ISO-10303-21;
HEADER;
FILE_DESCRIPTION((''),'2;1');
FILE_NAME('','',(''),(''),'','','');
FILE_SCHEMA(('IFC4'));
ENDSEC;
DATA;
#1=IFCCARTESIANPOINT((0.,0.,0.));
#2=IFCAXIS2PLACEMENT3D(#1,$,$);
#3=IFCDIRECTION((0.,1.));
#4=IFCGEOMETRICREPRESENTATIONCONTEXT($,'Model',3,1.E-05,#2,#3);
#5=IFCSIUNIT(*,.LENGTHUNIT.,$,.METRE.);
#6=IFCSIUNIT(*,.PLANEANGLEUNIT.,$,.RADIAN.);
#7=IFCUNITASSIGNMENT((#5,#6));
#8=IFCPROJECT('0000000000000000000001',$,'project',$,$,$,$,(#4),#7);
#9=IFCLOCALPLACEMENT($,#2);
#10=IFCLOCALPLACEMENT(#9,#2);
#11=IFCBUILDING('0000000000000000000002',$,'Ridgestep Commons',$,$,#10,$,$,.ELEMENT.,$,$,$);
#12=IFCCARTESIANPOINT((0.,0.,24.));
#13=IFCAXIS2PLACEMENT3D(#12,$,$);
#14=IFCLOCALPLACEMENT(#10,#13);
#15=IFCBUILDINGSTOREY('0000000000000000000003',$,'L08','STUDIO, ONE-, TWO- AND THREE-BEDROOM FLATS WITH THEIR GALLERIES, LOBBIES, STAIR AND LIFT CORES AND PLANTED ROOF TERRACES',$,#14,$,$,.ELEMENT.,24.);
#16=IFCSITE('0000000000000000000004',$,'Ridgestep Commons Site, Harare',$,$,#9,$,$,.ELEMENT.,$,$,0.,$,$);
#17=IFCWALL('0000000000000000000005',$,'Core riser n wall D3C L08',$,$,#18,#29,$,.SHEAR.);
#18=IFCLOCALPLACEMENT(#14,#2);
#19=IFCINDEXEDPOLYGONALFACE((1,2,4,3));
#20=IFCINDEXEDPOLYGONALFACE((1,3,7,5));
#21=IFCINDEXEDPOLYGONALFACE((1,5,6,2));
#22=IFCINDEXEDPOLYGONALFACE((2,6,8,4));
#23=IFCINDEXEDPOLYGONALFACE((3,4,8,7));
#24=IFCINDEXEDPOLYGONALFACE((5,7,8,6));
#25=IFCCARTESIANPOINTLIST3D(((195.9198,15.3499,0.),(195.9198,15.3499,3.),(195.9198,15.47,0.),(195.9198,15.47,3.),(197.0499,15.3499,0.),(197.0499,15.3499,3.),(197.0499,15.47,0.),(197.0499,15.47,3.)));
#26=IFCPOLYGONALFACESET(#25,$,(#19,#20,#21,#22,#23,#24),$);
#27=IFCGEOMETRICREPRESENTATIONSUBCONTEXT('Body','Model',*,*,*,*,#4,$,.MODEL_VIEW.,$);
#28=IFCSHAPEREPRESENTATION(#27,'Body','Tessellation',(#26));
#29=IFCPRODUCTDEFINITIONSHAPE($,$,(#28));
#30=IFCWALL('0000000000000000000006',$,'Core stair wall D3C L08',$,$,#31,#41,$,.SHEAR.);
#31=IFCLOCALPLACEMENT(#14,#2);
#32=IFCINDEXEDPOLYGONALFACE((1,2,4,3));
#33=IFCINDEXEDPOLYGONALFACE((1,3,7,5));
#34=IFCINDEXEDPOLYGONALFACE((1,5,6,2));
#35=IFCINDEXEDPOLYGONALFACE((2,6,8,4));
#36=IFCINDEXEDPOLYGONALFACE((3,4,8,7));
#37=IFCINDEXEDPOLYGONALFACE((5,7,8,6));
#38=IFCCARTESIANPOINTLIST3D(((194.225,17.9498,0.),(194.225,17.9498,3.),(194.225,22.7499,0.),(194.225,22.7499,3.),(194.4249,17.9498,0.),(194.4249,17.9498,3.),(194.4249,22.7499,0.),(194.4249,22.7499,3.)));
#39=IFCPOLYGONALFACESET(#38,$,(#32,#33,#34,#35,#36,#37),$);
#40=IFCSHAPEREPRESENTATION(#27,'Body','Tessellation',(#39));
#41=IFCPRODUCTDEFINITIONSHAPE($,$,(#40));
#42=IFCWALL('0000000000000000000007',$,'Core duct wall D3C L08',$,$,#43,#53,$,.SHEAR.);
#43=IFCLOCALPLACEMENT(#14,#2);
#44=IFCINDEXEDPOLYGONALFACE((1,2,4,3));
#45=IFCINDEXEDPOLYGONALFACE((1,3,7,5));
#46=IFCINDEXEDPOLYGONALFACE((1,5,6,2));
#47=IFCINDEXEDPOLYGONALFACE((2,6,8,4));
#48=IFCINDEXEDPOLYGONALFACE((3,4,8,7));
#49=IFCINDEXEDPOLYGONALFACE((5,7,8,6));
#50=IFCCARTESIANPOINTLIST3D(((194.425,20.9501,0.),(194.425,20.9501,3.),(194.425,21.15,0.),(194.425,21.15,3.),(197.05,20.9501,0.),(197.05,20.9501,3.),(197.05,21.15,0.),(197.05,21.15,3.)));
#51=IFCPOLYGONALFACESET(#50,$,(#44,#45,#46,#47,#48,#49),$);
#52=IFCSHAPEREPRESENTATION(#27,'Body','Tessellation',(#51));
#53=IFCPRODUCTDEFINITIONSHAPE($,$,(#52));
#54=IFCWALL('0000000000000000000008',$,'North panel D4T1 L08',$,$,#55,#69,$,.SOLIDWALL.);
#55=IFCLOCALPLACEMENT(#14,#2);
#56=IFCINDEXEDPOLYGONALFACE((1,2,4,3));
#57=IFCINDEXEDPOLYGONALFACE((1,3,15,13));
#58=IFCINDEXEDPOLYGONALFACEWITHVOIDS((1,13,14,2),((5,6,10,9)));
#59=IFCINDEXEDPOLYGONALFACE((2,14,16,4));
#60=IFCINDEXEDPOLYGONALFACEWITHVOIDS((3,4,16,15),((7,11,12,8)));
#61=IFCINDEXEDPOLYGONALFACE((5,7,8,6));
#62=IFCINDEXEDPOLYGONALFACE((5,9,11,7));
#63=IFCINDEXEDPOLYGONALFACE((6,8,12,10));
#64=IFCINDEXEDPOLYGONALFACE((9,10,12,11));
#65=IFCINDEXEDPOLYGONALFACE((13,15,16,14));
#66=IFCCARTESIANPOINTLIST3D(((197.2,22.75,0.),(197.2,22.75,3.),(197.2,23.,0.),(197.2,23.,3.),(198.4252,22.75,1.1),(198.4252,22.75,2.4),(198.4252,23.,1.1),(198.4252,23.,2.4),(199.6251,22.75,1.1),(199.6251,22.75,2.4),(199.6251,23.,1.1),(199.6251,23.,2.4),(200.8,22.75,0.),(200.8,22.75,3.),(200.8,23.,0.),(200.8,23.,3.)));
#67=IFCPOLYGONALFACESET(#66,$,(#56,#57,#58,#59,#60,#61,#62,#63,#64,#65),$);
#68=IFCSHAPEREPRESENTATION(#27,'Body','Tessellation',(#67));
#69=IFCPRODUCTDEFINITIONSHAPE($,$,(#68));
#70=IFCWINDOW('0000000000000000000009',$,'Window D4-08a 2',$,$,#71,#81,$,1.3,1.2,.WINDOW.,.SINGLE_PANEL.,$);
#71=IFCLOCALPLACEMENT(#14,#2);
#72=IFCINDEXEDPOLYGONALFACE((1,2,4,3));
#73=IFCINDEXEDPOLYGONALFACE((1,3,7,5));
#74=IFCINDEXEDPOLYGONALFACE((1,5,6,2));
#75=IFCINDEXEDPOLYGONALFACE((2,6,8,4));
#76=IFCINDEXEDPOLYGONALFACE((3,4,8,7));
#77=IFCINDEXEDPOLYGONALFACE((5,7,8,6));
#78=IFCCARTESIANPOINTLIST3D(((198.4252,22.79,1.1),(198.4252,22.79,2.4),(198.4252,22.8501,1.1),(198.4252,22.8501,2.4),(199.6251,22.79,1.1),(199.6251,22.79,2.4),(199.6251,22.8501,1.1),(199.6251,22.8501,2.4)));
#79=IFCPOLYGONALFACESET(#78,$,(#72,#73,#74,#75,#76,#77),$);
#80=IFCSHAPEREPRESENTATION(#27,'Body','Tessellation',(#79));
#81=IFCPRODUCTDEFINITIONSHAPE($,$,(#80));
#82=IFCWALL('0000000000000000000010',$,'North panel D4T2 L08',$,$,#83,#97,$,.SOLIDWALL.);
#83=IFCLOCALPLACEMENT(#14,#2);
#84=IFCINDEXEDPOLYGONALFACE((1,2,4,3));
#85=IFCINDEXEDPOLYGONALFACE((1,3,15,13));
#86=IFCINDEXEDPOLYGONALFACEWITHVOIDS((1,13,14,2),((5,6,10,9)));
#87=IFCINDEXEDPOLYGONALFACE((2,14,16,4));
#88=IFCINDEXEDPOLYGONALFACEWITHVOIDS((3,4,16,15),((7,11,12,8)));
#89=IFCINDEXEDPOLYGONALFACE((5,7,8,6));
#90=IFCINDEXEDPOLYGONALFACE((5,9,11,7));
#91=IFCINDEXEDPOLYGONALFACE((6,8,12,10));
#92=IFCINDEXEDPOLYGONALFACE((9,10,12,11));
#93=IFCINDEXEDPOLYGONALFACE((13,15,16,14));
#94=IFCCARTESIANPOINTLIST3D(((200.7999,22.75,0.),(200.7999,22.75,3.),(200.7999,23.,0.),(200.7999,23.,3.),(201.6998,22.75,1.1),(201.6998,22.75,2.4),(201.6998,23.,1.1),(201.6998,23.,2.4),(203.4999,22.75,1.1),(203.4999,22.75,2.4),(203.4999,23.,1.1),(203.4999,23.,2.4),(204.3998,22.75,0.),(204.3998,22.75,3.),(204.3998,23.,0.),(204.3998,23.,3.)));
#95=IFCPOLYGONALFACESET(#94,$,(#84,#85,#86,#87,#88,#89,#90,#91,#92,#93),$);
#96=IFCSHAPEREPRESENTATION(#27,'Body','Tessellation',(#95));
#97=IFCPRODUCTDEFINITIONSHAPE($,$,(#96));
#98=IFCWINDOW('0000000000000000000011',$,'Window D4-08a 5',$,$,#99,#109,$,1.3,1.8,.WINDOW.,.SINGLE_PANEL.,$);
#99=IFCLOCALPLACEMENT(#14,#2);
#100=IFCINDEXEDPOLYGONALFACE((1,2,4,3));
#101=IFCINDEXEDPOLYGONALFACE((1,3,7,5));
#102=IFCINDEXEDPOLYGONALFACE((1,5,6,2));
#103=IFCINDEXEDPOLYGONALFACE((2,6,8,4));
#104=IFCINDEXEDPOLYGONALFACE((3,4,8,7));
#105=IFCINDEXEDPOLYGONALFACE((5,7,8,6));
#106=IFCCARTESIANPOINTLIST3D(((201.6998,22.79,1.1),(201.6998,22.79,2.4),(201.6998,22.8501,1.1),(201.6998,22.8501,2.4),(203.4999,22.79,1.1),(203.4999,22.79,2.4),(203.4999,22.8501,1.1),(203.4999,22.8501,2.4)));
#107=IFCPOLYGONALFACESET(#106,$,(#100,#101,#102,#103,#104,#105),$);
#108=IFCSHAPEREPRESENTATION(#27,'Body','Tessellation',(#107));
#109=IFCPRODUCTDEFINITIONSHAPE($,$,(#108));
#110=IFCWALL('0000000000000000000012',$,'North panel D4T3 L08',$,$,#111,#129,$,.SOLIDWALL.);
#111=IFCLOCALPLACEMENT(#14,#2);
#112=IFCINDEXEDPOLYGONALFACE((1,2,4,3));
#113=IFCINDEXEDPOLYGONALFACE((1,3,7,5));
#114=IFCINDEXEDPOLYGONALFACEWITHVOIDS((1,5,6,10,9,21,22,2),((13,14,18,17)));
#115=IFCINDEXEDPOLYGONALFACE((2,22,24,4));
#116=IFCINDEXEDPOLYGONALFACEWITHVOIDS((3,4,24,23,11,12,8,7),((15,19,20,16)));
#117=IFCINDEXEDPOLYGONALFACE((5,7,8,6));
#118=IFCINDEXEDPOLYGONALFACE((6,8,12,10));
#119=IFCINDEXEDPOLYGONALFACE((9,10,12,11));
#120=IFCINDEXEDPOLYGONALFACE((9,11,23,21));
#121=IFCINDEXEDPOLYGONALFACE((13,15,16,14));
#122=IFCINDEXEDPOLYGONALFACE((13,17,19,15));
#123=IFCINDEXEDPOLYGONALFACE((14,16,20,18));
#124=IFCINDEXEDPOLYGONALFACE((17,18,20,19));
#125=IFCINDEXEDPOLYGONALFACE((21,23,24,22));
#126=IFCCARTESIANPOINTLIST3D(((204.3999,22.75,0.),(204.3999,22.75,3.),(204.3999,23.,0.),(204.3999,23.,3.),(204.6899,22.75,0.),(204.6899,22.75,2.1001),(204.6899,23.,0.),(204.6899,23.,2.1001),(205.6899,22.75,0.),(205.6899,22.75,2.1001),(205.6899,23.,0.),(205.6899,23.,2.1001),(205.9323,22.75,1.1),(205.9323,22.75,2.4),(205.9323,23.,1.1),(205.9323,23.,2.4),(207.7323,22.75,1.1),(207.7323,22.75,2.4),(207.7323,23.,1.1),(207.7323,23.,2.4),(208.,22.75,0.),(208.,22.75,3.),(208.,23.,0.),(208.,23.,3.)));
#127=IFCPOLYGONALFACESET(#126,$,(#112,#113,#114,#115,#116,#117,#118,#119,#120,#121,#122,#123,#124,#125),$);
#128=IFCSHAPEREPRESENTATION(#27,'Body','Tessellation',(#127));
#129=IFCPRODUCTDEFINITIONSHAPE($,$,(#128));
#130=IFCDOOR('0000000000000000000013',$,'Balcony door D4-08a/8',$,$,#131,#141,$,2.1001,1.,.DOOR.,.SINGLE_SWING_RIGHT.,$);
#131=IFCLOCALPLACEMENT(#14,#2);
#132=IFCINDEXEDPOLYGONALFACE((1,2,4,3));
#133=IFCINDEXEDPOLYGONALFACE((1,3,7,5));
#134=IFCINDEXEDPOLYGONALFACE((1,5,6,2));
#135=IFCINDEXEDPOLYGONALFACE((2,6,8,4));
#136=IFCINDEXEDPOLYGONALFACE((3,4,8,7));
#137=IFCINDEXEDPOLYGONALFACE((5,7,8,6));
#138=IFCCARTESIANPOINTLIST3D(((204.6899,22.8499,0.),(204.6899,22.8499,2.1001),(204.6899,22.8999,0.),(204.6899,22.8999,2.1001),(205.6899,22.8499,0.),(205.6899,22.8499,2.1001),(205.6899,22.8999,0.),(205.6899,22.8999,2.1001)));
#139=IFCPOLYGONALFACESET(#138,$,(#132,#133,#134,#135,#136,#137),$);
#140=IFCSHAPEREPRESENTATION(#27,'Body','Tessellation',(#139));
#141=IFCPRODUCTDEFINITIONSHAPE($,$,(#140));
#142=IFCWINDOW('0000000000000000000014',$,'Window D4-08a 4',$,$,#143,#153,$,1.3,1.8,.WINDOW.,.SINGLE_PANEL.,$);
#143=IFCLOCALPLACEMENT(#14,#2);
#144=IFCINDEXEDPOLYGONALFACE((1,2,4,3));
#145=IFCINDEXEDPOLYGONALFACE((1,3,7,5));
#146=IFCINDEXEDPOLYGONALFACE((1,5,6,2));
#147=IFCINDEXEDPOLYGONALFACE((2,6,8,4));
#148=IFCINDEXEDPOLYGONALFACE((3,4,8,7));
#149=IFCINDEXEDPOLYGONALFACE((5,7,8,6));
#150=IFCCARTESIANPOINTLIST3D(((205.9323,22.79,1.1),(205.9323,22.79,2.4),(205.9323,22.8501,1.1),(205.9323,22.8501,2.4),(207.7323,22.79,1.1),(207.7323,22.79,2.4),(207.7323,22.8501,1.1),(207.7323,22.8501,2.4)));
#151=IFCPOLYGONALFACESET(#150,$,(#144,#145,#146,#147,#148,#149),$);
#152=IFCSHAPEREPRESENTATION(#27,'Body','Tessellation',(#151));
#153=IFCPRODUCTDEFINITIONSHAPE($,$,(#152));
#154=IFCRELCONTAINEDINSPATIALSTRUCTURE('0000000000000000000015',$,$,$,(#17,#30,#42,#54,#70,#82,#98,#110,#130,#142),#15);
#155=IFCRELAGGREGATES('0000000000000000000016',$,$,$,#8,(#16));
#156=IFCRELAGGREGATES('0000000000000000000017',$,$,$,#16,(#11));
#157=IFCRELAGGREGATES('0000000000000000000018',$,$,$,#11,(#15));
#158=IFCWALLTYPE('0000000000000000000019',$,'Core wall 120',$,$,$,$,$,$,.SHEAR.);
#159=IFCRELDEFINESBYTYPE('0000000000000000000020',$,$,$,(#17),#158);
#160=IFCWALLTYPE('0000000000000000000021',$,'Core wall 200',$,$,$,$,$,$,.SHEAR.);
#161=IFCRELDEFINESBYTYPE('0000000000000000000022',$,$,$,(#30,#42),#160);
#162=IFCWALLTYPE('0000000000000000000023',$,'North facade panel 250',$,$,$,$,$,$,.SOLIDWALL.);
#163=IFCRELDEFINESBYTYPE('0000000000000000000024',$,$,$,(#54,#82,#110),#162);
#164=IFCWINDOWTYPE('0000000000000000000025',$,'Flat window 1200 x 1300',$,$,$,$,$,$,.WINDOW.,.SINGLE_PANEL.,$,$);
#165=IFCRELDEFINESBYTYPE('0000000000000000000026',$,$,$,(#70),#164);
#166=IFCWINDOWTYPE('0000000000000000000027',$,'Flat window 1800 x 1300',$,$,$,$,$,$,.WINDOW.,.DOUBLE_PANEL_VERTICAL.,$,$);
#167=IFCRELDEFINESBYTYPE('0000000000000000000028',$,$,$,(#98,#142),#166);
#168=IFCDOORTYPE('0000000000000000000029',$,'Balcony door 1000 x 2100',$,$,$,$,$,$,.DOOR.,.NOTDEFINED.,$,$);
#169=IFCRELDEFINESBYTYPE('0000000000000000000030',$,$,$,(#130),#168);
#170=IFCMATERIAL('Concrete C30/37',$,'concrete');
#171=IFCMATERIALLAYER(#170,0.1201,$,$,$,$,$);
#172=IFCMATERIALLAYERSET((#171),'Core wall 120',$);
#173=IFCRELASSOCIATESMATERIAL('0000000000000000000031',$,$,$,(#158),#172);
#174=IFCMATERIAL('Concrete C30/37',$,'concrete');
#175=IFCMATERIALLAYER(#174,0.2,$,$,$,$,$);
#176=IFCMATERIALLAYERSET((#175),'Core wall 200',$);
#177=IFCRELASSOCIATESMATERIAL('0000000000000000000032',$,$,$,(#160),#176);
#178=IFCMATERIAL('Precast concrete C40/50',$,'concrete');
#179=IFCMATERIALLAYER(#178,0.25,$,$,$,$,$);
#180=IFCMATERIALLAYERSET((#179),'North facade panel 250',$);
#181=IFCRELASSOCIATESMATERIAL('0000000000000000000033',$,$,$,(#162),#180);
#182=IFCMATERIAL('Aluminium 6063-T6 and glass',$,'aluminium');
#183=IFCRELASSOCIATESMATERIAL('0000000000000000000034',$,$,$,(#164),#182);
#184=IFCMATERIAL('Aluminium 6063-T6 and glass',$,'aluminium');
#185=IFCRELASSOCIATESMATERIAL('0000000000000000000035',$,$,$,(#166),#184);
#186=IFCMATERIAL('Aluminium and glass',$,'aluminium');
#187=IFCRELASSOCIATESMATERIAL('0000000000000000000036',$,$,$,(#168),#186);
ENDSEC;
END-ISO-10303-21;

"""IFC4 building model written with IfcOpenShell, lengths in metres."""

from ifc_helpers import new_model, si_unit, direction, frame, frame_2d, origin, place, context, subcontext, project, spatial, rectangle, extrude, material, layer, layer_set, type_object, element, fill, save


model = new_model("IFC4")

# Units and contexts
model_context = context("Model", 3, precision=1e-05, world=origin(), true_north=direction((0.0, 1.0)))
body_context = subcontext(model_context, "Body", "Model", "MODEL_VIEW")
ifc_project = project(units=[si_unit("LENGTHUNIT", "METRE"), si_unit("PLANEANGLEUNIT", "RADIAN")], contexts=[model_context])

# Site, building, storey
site_placement = place(None, origin())
site = spatial("IfcSite", under=ifc_project, at=site_placement, Name="Ridgestep Commons Site, Harare", CompositionType="ELEMENT", RefElevation=0.0)
building_placement = place(site_placement, origin())
building = spatial("IfcBuilding", under=site, at=building_placement, Name="Ridgestep Commons", CompositionType="ELEMENT")
storey_placement = place(building_placement, frame((0.0, 0.0, 24.0)))
storey = spatial("IfcBuildingStorey", under=building, at=storey_placement, Name="L08", Description="STUDIO, ONE-, TWO- AND THREE-BEDROOM FLATS WITH THEIR GALLERIES, LOBBIES, STAIR AND LIFT CORES AND PLANTED ROOF TERRACES", CompositionType="ELEMENT", Elevation=24.0)

# Walls
ifc_material_1 = material(Name="Concrete C30/37", Category="concrete")
ifc_layer_1 = layer(ifc_material_1, 0.1201)
ifc_layer_set_1 = layer_set([ifc_layer_1], Name="Core wall 120")
wall_type_1 = type_object("IfcWallType", Name="Core wall 120", PredefinedType="SHEAR", material=ifc_layer_set_1)
wall_1_placement = place(storey_placement, frame((195.9199, 15.4099, 0.0), z_axis=(0.0, 0.0, 1.0), x_axis=(1.0, 0.0, 0.0)))
element("IfcWall", 1, at=wall_1_placement, inside=storey, type_object=wall_type_1, Name="Core riser n wall D3C L08", PredefinedType="SHEAR", context=body_context, shape_type="SweptSolid", body=[
    extrude(rectangle(XDim=1.1301, YDim=0.1201, at=frame_2d((0.5649, 0.0))), origin(), (0.0, 0.0, 1.0), 3.0),
])
ifc_material_2 = material(Name="Concrete C30/37", Category="concrete")
ifc_layer_2 = layer(ifc_material_2, 0.2)
ifc_layer_set_2 = layer_set([ifc_layer_2], Name="Core wall 200")
wall_type_2 = type_object("IfcWallType", Name="Core wall 200", PredefinedType="SHEAR", material=ifc_layer_set_2)
wall_2_placement = place(storey_placement, frame((194.325, 17.95, 0.0), z_axis=(0.0, 0.0, 1.0), x_axis=(0.0, 1.0, 0.0)))
element("IfcWall", 2, at=wall_2_placement, inside=storey, type_object=wall_type_2, Name="Core stair wall D3C L08", PredefinedType="SHEAR", context=body_context, shape_type="SweptSolid", body=[
    extrude(rectangle(XDim=4.8, YDim=0.2, at=frame_2d((2.3999, 0.0))), origin(), (0.0, 0.0, 1.0), 3.0),
])
wall_3_placement = place(storey_placement, frame((194.425, 21.05, 0.0), z_axis=(0.0, 0.0, 1.0), x_axis=(1.0, 0.0, 0.0)))
element("IfcWall", 3, at=wall_3_placement, inside=storey, type_object=wall_type_2, Name="Core duct wall D3C L08", PredefinedType="SHEAR", context=body_context, shape_type="SweptSolid", body=[
    extrude(rectangle(XDim=2.625, YDim=0.2, at=frame_2d((1.3125, 0.0))), origin(), (0.0, 0.0, 1.0), 3.0),
])

# Walls, openings, windows
ifc_material_3 = material(Name="Precast concrete C40/50", Category="concrete")
ifc_layer_3 = layer(ifc_material_3, 0.25)
ifc_layer_set_3 = layer_set([ifc_layer_3], Name="North facade panel 250")
wall_type_3 = type_object("IfcWallType", Name="North facade panel 250", PredefinedType="SOLIDWALL", material=ifc_layer_set_3)
wall_4_placement = place(storey_placement, frame((197.2, 22.875, 0.0), z_axis=(0.0, 0.0, 1.0), x_axis=(1.0, 0.0, 0.0)))
wall_4 = element("IfcWall", 4, at=wall_4_placement, inside=storey, type_object=wall_type_3, Name="North panel D4T1 L08", PredefinedType="SOLIDWALL", context=body_context, shape_type="SweptSolid", body=[
    extrude(rectangle(XDim=3.6001, YDim=0.25, at=frame_2d((1.8, 0.0))), origin(), (0.0, 0.0, 1.0), 3.0),
])
opening_1_placement = place(wall_4_placement, frame((1.2251, 0.0, 1.1001)))
opening_1 = element("IfcOpeningElement", 5, at=opening_1_placement, cuts=wall_4, PredefinedType="OPENING", context=body_context, shape_type="SweptSolid", body=[
    extrude(rectangle(XDim=1.2, YDim=1.3, at=frame_2d((0.6001, 0.6499))), frame((0.0, 0.135, 0.0), z_axis=(0.0, -1.0, 0.0), x_axis=(1.0, 0.0, 0.0)), (0.0, 0.0, 1.0), 0.27),
])
ifc_material_4 = material(Name="Aluminium 6063-T6 and glass", Category="aluminium")
window_type_1 = type_object("IfcWindowType", Name="Flat window 1200 x 1300", PartitioningType="SINGLE_PANEL", PredefinedType="WINDOW", material=ifc_material_4)
window_1_placement = place(opening_1_placement, origin())
window_1 = element("IfcWindow", 6, at=window_1_placement, inside=storey, type_object=window_type_1, Name="Window D4-08a 2", OverallHeight=1.3, OverallWidth=1.2, PartitioningType="SINGLE_PANEL", PredefinedType="WINDOW", context=body_context, shape_type="SweptSolid", body=[
    extrude(rectangle(XDim=1.2, YDim=1.3, at=frame_2d((0.6001, 0.6499))), frame((0.0, -0.0249, 0.0), z_axis=(0.0, -1.0, 0.0), x_axis=(1.0, 0.0, 0.0)), (0.0, 0.0, 1.0), 0.0601),
])
fill(opening_1, window_1)
wall_5_placement = place(storey_placement, frame((200.8, 22.875, 0.0), z_axis=(0.0, 0.0, 1.0), x_axis=(1.0, 0.0, 0.0)))
wall_5 = element("IfcWall", 7, at=wall_5_placement, inside=storey, type_object=wall_type_3, Name="North panel D4T2 L08", PredefinedType="SOLIDWALL", context=body_context, shape_type="SweptSolid", body=[
    extrude(rectangle(XDim=3.5999, YDim=0.25, at=frame_2d((1.7998, 0.0))), origin(), (0.0, 0.0, 1.0), 3.0),
])
opening_2_placement = place(wall_5_placement, frame((0.8999, 0.0, 1.1001)))
opening_2 = element("IfcOpeningElement", 8, at=opening_2_placement, cuts=wall_5, PredefinedType="OPENING", context=body_context, shape_type="SweptSolid", body=[
    extrude(rectangle(XDim=1.8, YDim=1.3, at=frame_2d((0.8999, 0.6499))), frame((0.0, 0.135, 0.0), z_axis=(0.0, -1.0, 0.0), x_axis=(1.0, 0.0, 0.0)), (0.0, 0.0, 1.0), 0.27),
])
ifc_material_5 = material(Name="Aluminium 6063-T6 and glass", Category="aluminium")
window_type_2 = type_object("IfcWindowType", Name="Flat window 1800 x 1300", PartitioningType="DOUBLE_PANEL_VERTICAL", PredefinedType="WINDOW", material=ifc_material_5)
window_2_placement = place(opening_2_placement, origin())
window_2 = element("IfcWindow", 9, at=window_2_placement, inside=storey, type_object=window_type_2, Name="Window D4-08a 5", OverallHeight=1.3, OverallWidth=1.8, PartitioningType="SINGLE_PANEL", PredefinedType="WINDOW", context=body_context, shape_type="SweptSolid", body=[
    extrude(rectangle(XDim=1.8, YDim=1.3, at=frame_2d((0.8999, 0.6499))), frame((0.0, -0.0249, 0.0), z_axis=(0.0, -1.0, 0.0), x_axis=(1.0, 0.0, 0.0)), (0.0, 0.0, 1.0), 0.0601),
])
fill(opening_2, window_2)

# Wall, openings, door, window
wall_6_placement = place(storey_placement, frame((204.3999, 22.875, 0.0), z_axis=(0.0, 0.0, 1.0), x_axis=(1.0, 0.0, 0.0)))
wall_6 = element("IfcWall", 10, at=wall_6_placement, inside=storey, type_object=wall_type_3, Name="North panel D4T3 L08", PredefinedType="SOLIDWALL", context=body_context, shape_type="SweptSolid", body=[
    extrude(rectangle(XDim=3.6001, YDim=0.25, at=frame_2d((1.8, 0.0))), origin(), (0.0, 0.0, 1.0), 3.0),
])
opening_3_placement = place(wall_6_placement, frame((1.5325, 0.0, 1.1001)))
opening_3 = element("IfcOpeningElement", 11, at=opening_3_placement, cuts=wall_6, PredefinedType="OPENING", context=body_context, shape_type="SweptSolid", body=[
    extrude(rectangle(XDim=1.8, YDim=1.3, at=frame_2d((0.8999, 0.6499))), frame((0.0, 0.135, 0.0), z_axis=(0.0, -1.0, 0.0), x_axis=(1.0, 0.0, 0.0)), (0.0, 0.0, 1.0), 0.27),
])
opening_4_placement = place(wall_6_placement, frame((0.29, 0.0, 0.0)))
opening_4 = element("IfcOpeningElement", 12, at=opening_4_placement, cuts=wall_6, PredefinedType="OPENING", context=body_context, shape_type="SweptSolid", body=[
    extrude(rectangle(XDim=1.0, YDim=2.1001, at=frame_2d((0.5, 1.05))), frame((0.0, 0.135, 0.0), z_axis=(0.0, -1.0, 0.0), x_axis=(1.0, 0.0, 0.0)), (0.0, 0.0, 1.0), 0.27),
])
ifc_material_6 = material(Name="Aluminium and glass", Category="aluminium")
door_type_1 = type_object("IfcDoorType", Name="Balcony door 1000 x 2100", OperationType="NOTDEFINED", PredefinedType="DOOR", material=ifc_material_6)
door_1_placement = place(opening_4_placement, origin())
door_1 = element("IfcDoor", 13, at=door_1_placement, inside=storey, type_object=door_type_1, Name="Balcony door D4-08a/8", OperationType="SINGLE_SWING_RIGHT", OverallHeight=2.1001, OverallWidth=1.0, PredefinedType="DOOR", context=body_context, shape_type="SweptSolid", body=[
    extrude(rectangle(XDim=1.0, YDim=2.1001, at=frame_2d((0.5, 1.05))), frame((0.0, 0.0249, 0.0), z_axis=(0.0, -1.0, 0.0), x_axis=(1.0, 0.0, 0.0)), (0.0, 0.0, 1.0), 0.05),
])
fill(opening_4, door_1)
window_3_placement = place(opening_3_placement, origin())
window_3 = element("IfcWindow", 14, at=window_3_placement, inside=storey, type_object=window_type_2, Name="Window D4-08a 4", OverallHeight=1.3, OverallWidth=1.8, PartitioningType="SINGLE_PANEL", PredefinedType="WINDOW", context=body_context, shape_type="SweptSolid", body=[
    extrude(rectangle(XDim=1.8, YDim=1.3, at=frame_2d((0.8999, 0.6499))), frame((0.0, -0.0249, 0.0), z_axis=(0.0, -1.0, 0.0), x_axis=(1.0, 0.0, 0.0)), (0.0, 0.0, 1.0), 0.0601),
])
fill(opening_3, window_3)

save(model, "model.ifc")
